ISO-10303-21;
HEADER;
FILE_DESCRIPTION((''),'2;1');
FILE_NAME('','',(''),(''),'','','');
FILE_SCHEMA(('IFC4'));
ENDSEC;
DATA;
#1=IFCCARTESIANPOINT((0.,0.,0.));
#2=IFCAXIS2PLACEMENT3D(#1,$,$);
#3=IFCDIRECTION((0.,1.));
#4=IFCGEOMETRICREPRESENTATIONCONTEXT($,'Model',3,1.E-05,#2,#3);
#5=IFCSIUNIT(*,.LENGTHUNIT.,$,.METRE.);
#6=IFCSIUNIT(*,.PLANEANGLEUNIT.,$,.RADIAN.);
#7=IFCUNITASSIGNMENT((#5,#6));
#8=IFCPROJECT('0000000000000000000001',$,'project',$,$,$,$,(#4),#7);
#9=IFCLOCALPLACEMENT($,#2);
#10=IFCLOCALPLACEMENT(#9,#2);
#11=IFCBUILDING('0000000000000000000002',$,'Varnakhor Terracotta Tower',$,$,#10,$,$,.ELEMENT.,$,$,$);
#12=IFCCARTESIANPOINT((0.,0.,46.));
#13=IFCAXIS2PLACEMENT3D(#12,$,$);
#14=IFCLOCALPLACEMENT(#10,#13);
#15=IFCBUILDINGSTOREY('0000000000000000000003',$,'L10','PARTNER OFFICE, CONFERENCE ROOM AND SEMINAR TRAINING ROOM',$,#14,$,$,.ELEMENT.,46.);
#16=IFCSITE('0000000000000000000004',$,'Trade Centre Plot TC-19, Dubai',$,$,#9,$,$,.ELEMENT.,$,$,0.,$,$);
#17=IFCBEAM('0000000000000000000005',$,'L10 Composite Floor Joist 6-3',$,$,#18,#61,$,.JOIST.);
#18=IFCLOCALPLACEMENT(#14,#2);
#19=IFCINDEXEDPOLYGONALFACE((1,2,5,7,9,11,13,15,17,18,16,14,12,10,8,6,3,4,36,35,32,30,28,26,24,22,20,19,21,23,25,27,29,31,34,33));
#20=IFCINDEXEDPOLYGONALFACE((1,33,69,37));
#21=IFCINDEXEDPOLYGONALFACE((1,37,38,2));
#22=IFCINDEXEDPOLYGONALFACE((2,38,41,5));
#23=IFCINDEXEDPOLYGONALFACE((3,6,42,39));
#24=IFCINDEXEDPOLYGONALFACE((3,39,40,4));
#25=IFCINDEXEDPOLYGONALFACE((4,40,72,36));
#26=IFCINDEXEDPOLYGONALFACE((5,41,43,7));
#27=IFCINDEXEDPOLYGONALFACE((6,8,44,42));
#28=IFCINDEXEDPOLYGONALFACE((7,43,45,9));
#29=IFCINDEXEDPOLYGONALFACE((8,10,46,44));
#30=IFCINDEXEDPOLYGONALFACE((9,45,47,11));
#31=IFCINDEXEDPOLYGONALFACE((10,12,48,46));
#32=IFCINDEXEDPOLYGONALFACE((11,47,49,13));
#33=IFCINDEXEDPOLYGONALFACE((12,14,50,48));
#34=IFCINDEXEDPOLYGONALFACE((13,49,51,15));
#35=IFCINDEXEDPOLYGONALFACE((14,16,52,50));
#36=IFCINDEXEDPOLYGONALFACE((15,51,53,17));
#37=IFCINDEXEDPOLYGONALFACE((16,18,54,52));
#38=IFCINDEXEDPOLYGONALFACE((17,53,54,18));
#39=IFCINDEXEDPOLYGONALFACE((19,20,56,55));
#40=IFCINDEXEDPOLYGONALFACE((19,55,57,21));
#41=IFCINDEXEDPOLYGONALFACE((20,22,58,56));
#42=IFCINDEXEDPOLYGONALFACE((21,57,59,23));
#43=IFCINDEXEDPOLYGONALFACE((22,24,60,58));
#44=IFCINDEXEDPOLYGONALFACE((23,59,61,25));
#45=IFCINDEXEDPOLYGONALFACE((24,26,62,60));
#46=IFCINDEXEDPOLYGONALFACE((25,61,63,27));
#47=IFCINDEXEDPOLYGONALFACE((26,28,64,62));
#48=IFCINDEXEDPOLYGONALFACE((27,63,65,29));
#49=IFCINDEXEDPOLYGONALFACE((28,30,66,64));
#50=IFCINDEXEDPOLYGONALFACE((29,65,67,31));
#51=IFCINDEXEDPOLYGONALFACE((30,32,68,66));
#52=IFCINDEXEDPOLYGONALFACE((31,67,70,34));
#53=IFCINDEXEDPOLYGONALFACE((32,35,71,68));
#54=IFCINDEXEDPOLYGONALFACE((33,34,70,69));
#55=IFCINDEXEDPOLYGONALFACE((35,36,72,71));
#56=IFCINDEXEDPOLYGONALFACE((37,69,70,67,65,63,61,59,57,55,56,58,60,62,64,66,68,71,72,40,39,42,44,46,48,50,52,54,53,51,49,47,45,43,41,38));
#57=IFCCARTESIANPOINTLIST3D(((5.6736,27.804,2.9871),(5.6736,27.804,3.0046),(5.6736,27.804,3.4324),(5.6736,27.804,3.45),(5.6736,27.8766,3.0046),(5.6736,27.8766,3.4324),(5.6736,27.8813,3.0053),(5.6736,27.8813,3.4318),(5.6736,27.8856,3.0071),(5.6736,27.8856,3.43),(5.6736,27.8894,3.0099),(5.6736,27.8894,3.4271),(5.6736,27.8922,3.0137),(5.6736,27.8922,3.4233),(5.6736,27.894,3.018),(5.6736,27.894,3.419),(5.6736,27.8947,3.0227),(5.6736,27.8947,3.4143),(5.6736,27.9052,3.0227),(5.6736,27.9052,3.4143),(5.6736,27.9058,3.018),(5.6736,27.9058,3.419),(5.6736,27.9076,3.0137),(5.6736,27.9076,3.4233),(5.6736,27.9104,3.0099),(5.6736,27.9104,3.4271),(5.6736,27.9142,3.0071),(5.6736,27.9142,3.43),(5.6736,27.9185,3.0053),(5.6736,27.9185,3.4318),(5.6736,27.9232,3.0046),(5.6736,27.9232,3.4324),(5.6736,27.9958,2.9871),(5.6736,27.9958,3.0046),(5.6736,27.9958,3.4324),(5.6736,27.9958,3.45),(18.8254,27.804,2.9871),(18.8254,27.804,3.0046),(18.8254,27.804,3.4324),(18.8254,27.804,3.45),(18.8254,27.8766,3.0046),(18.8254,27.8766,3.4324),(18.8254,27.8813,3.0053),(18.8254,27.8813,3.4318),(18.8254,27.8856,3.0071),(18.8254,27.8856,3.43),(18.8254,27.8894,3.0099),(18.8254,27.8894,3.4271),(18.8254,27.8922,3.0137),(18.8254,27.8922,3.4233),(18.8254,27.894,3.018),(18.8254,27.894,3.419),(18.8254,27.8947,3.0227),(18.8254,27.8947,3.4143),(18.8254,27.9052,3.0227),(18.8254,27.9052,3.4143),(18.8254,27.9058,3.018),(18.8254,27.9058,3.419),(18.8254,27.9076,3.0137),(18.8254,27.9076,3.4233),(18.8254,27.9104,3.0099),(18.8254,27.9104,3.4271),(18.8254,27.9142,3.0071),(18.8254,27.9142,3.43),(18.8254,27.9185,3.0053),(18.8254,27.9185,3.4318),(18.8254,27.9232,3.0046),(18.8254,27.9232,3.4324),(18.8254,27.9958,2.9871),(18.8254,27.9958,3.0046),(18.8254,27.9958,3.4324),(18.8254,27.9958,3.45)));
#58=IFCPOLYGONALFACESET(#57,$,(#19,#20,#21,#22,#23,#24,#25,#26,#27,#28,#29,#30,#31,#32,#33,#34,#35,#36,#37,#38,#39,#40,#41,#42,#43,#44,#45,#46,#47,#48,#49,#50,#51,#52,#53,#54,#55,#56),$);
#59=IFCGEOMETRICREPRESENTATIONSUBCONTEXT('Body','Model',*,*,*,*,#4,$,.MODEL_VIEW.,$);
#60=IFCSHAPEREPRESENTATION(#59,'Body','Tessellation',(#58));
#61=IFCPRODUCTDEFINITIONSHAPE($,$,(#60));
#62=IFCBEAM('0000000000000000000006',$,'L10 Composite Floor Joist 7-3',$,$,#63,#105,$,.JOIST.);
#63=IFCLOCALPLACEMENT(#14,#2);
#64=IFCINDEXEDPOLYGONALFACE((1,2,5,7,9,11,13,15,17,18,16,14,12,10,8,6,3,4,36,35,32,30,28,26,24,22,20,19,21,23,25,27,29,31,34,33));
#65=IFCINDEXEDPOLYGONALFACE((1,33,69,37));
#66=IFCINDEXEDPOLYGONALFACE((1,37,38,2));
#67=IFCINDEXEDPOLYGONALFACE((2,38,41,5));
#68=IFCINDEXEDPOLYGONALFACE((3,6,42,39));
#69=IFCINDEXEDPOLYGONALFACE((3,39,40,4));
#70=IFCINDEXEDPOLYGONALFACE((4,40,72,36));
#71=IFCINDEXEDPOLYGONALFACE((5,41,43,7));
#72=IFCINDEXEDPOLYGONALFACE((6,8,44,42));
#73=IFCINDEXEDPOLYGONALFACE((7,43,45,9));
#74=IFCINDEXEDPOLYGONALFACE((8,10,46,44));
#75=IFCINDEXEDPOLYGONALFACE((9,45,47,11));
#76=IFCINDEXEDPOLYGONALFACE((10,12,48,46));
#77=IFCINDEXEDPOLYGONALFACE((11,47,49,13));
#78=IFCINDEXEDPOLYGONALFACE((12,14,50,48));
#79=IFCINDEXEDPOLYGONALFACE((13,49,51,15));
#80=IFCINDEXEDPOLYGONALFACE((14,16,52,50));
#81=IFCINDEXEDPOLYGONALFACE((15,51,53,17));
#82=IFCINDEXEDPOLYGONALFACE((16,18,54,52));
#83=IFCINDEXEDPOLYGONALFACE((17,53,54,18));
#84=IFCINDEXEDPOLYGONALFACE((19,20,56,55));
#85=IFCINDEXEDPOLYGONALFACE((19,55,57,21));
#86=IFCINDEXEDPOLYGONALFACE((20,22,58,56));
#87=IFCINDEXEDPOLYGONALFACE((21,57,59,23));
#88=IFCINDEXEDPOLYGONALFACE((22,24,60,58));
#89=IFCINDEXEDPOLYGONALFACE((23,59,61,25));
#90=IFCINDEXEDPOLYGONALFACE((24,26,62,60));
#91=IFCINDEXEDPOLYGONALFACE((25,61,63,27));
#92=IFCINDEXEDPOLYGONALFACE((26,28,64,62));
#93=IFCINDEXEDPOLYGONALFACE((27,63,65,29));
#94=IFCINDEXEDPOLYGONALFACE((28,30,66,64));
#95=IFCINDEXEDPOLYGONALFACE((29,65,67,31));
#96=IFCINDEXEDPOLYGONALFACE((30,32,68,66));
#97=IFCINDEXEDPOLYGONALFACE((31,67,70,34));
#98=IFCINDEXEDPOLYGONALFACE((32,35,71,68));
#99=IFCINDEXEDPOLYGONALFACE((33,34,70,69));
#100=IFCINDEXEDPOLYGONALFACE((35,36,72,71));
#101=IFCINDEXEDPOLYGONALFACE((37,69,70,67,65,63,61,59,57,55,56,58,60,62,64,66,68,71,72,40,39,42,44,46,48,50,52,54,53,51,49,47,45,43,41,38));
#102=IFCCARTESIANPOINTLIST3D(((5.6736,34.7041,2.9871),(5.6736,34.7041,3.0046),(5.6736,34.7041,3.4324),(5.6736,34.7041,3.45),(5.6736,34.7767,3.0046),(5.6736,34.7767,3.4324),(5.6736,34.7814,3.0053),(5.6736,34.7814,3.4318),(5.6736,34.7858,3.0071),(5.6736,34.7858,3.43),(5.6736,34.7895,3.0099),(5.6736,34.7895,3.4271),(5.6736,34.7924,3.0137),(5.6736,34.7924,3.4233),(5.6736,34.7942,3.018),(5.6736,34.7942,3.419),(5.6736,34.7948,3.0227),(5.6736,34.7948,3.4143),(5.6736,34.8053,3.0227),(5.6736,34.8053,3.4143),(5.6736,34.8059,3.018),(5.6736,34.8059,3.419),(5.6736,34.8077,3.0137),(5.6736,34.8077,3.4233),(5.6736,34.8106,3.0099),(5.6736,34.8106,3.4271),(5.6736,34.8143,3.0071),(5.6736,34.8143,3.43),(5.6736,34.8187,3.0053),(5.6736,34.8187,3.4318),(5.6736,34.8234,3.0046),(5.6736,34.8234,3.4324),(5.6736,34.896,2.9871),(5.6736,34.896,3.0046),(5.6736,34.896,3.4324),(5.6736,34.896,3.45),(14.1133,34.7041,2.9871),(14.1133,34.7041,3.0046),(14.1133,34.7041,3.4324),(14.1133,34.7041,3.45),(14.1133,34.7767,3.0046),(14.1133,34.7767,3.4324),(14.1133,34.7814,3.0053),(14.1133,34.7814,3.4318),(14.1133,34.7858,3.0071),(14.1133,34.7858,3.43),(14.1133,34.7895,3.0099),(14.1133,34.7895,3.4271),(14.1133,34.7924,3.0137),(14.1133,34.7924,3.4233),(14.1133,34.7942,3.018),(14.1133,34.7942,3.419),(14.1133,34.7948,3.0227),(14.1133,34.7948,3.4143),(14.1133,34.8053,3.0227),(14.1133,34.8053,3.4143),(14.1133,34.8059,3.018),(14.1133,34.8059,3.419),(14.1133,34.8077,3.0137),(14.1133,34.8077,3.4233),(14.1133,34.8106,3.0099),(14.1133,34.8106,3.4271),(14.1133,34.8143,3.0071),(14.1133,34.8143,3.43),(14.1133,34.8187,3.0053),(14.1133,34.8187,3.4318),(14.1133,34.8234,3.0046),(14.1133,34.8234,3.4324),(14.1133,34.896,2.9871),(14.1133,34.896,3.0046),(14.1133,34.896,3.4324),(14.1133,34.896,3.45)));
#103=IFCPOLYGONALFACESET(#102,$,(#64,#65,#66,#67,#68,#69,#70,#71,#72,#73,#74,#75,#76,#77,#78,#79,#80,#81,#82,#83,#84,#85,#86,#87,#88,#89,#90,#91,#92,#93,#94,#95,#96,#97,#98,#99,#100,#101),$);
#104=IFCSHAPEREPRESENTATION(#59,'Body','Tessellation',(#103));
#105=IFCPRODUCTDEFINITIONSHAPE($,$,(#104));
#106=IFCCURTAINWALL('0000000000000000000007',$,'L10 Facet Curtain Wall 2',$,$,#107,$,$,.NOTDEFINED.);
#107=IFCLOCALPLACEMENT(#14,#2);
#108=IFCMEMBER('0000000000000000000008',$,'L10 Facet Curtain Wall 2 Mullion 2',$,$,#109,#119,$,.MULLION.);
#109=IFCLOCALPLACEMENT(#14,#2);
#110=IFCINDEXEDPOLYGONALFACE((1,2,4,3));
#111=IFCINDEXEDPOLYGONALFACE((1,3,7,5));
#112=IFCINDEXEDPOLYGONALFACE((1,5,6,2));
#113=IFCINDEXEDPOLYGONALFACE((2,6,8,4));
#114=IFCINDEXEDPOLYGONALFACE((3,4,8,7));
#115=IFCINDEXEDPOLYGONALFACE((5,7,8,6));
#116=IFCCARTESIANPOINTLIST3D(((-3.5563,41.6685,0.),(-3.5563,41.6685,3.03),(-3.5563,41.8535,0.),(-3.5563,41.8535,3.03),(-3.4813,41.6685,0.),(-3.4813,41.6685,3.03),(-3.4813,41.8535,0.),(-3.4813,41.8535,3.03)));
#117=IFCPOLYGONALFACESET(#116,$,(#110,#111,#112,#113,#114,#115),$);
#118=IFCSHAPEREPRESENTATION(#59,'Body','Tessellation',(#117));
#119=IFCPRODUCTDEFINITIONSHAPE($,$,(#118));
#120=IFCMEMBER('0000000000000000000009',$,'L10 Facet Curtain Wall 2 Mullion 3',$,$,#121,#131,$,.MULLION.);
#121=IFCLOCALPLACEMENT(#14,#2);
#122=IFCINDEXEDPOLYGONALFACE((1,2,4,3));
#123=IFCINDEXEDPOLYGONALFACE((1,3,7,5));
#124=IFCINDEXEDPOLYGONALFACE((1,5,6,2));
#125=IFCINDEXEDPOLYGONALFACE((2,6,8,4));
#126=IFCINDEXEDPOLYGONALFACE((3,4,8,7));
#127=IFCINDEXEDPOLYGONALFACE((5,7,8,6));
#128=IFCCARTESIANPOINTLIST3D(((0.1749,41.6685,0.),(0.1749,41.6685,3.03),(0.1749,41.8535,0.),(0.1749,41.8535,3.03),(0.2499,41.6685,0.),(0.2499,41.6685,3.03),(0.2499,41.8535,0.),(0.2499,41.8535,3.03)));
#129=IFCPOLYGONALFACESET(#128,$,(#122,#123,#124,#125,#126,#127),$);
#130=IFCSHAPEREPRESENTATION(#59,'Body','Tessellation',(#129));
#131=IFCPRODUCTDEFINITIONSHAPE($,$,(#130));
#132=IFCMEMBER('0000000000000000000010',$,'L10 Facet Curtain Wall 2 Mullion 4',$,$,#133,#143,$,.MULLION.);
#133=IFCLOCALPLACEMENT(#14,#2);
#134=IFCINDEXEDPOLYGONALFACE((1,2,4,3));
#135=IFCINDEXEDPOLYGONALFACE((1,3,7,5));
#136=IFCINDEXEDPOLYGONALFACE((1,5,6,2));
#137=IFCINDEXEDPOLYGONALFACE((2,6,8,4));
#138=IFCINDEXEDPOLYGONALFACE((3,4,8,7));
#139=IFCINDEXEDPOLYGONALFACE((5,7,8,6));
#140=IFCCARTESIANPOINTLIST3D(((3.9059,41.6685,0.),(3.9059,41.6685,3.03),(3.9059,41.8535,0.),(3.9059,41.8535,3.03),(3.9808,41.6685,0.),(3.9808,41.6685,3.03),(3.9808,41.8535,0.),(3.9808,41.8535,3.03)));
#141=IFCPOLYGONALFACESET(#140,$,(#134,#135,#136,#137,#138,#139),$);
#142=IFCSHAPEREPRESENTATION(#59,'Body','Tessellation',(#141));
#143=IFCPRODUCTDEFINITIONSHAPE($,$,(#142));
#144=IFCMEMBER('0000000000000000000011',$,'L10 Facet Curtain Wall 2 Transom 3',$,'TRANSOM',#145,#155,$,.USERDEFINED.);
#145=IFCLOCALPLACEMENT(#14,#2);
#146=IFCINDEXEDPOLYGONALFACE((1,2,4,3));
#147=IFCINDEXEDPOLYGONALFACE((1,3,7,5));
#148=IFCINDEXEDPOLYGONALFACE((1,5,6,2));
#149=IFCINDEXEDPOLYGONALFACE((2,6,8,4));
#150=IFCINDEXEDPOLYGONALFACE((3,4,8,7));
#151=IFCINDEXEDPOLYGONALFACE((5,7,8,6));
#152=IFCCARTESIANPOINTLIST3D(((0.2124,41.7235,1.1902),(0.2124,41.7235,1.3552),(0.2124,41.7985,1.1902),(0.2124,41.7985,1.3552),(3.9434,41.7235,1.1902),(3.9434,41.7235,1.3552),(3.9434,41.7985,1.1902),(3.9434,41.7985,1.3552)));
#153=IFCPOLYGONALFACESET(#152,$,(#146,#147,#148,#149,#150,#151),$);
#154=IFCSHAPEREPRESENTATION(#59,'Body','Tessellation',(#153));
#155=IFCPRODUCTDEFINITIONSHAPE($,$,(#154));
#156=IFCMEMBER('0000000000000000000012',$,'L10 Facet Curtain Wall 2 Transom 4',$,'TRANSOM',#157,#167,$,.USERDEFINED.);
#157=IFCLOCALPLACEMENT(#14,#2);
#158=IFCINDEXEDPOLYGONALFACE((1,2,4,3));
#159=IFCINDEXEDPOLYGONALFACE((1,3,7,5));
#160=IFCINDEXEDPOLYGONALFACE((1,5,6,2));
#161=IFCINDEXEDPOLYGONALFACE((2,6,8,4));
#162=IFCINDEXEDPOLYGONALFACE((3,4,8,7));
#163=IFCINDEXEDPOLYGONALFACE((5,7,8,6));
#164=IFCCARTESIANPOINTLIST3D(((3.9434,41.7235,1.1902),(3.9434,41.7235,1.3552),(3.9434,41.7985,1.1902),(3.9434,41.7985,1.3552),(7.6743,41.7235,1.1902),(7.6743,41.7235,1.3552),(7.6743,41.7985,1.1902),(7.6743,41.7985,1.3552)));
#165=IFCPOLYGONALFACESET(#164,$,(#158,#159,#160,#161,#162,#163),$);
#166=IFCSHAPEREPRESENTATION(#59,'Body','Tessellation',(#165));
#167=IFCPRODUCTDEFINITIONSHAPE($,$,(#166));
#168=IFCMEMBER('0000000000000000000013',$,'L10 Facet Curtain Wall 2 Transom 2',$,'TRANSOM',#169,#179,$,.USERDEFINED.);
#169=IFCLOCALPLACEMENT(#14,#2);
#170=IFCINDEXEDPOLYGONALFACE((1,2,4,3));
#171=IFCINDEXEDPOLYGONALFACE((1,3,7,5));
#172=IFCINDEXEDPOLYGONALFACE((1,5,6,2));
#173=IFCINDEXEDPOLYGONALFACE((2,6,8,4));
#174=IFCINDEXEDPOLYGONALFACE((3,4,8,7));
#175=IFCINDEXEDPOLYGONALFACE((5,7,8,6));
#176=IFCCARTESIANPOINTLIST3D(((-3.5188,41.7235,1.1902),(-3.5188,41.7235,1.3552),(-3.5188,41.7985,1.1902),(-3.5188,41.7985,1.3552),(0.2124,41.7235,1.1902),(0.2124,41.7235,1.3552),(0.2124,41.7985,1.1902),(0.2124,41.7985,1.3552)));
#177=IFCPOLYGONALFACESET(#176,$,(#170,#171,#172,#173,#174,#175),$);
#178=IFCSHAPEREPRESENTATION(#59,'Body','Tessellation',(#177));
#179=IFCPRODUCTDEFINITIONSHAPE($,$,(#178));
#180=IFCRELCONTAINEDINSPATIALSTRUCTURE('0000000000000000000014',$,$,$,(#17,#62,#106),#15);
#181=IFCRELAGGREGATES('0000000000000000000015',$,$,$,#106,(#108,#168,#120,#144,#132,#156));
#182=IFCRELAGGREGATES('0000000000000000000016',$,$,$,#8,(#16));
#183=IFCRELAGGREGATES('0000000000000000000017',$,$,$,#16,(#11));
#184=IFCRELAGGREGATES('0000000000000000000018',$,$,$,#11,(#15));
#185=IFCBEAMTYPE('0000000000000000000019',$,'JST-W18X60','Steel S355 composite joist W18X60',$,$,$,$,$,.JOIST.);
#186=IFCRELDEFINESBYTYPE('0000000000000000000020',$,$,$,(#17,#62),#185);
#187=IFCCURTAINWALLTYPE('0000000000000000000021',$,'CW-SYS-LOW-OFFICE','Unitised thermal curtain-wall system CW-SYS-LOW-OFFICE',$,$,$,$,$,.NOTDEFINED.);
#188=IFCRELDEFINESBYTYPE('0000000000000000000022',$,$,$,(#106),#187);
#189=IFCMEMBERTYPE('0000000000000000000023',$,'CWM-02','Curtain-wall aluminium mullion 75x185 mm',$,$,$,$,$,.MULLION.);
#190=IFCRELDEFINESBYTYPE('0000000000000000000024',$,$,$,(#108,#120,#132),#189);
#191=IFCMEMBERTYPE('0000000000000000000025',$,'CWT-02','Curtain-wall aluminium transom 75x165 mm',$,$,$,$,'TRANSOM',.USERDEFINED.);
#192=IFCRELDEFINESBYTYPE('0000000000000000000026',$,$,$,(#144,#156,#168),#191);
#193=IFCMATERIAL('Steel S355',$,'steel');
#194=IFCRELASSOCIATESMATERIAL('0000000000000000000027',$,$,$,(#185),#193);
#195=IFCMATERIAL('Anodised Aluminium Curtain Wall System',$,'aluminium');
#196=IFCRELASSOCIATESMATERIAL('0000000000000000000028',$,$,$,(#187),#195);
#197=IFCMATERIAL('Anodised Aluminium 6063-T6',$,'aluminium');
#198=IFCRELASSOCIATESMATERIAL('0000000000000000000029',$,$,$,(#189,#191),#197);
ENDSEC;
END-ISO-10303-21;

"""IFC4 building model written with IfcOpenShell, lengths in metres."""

from ifc_helpers import new_model, si_unit, direction, frame, origin, origin_2d, place, context, subcontext, project, spatial, rectangle, i_section, extrude, source, transform, mapped, material, material_profile, profile_set, type_object, type_shapes, element, aggregate, save


model = new_model("IFC4")

# Units and contexts
model_context = context("Model", 3, precision=1e-05, world=origin(), true_north=direction((0.0, 1.0)))
body_context = subcontext(model_context, "Body", "Model", "MODEL_VIEW")
ifc_project = project(units=[si_unit("LENGTHUNIT", "METRE"), si_unit("PLANEANGLEUNIT", "RADIAN")], contexts=[model_context])

# Site, building, storey
site_placement = place(None, origin())
site = spatial("IfcSite", under=ifc_project, at=site_placement, Name="Trade Centre Plot TC-19, Dubai", CompositionType="ELEMENT", RefElevation=0.0)
building_placement = place(site_placement, origin())
building = spatial("IfcBuilding", under=site, at=building_placement, Name="Varnakhor Terracotta Tower", CompositionType="ELEMENT")
storey_placement = place(building_placement, frame((0.0, 0.0, 46.0)))
storey = spatial("IfcBuildingStorey", under=building, at=storey_placement, Name="L10", Description="PARTNER OFFICE, CONFERENCE ROOM AND SEMINAR TRAINING ROOM", CompositionType="ELEMENT", Elevation=46.0)

# Beams
ifc_material_1 = material(Name="Steel S355", Category="steel")
ifc_material_profile_1 = material_profile(ifc_material_1, i_section(OverallWidth=0.1919, OverallDepth=0.4629, WebThickness=0.0105, FlangeThickness=0.0176, FilletRadius=0.0181, at=origin_2d()), Name="W18X60")
ifc_profile_set_1 = profile_set([ifc_material_profile_1], Name="Steel S355")
beam_type_1 = type_object("IfcBeamType", Name="JST-W18X60", Description="Steel S355 composite joist W18X60", PredefinedType="JOIST", material=ifc_profile_set_1)
shared_shape_1 = source(origin(), body_context, "Body", "SweptSolid", [
    extrude(i_section(OverallWidth=0.1919, OverallDepth=0.4629, WebThickness=0.0105, FlangeThickness=0.0176, FilletRadius=0.0181, at=origin_2d()), origin(), (0.0, 0.0, 1.0), 13.1519),
])
beam_1_placement = place(storey_placement, frame((5.6736, 27.8999, 3.2185), z_axis=(1.0, 0.0, 0.0), x_axis=(0.0, 1.0, 0.0)))
element("IfcBeam", 1, at=beam_1_placement, inside=storey, type_object=beam_type_1, Name="L10 Composite Floor Joist 6-3", PredefinedType="JOIST", context=body_context, shape_type="MappedRepresentation", body=[
    mapped(shared_shape_1, transform((0.0, 0.0, 0.0), scale=1.0)),
])
shared_shape_2 = source(origin(), body_context, "Body", "SweptSolid", [
    extrude(i_section(OverallWidth=0.1919, OverallDepth=0.4629, WebThickness=0.0105, FlangeThickness=0.0176, FilletRadius=0.0181, at=origin_2d()), origin(), (0.0, 0.0, 1.0), 8.4397),
])
beam_2_placement = place(storey_placement, frame((5.6736, 34.8, 3.2185), z_axis=(1.0, 0.0, 0.0), x_axis=(0.0, 1.0, 0.0)))
element("IfcBeam", 2, at=beam_2_placement, inside=storey, type_object=beam_type_1, Name="L10 Composite Floor Joist 7-3", PredefinedType="JOIST", context=body_context, shape_type="MappedRepresentation", body=[
    mapped(shared_shape_2, transform((0.0, 0.0, 0.0), scale=1.0)),
])

# Curtain wall, members
ifc_material_2 = material(Name="Anodised Aluminium Curtain Wall System", Category="aluminium")
curtain_wall_type = type_object("IfcCurtainWallType", Name="CW-SYS-LOW-OFFICE", Description="Unitised thermal curtain-wall system CW-SYS-LOW-OFFICE", PredefinedType="NOTDEFINED", material=ifc_material_2)
curtain_wall_placement = place(storey_placement, origin())
curtain_wall = element("IfcCurtainWall", 3, at=curtain_wall_placement, inside=storey, type_object=curtain_wall_type, Name="L10 Facet Curtain Wall 2", PredefinedType="NOTDEFINED")
ifc_material_3 = material(Name="Anodised Aluminium 6063-T6", Category="aluminium")
ifc_material_profile_2 = material_profile(ifc_material_3, rectangle(XDim=0.075, YDim=0.1851, at=origin_2d()), Name="ALU MULLION 75x185")
ifc_profile_set_2 = profile_set([ifc_material_profile_2], Name="Anodised Aluminium 6063-T6")
member_type_1 = type_object("IfcMemberType", Name="CWM-02", Description="Curtain-wall aluminium mullion 75x185 mm", PredefinedType="MULLION", material=ifc_profile_set_2)
shared_shape_3 = source(origin(), body_context, "Body", "SweptSolid", [
    extrude(rectangle(XDim=0.075, YDim=0.1851, at=origin_2d()), origin(), (0.0, 0.0, 1.0), 3.03),
])
type_shapes(member_type_1, [shared_shape_3])
member_1_placement = place(storey_placement, frame((-3.5188, 41.761, 0.0), z_axis=(0.0, 0.0, 1.0), x_axis=(1.0, 0.0, 0.0)))
member_1 = element("IfcMember", 4, at=member_1_placement, type_object=member_type_1, Name="L10 Facet Curtain Wall 2 Mullion 2", PredefinedType="MULLION", context=body_context, shape_type="MappedRepresentation", body=[
    mapped(shared_shape_3, transform((0.0, 0.0, 0.0), scale=1.0)),
])
member_2_placement = place(storey_placement, frame((0.2124, 41.761, 0.0), z_axis=(0.0, 0.0, 1.0), x_axis=(1.0, 0.0, 0.0)))
member_2 = element("IfcMember", 5, at=member_2_placement, type_object=member_type_1, Name="L10 Facet Curtain Wall 2 Mullion 3", PredefinedType="MULLION", context=body_context, shape_type="MappedRepresentation", body=[
    mapped(shared_shape_3, transform((0.0, 0.0, 0.0), scale=1.0)),
])
member_3_placement = place(storey_placement, frame((3.9434, 41.761, 0.0), z_axis=(0.0, 0.0, 1.0), x_axis=(1.0, 0.0, 0.0)))
member_3 = element("IfcMember", 6, at=member_3_placement, type_object=member_type_1, Name="L10 Facet Curtain Wall 2 Mullion 4", PredefinedType="MULLION", context=body_context, shape_type="MappedRepresentation", body=[
    mapped(shared_shape_3, transform((0.0, 0.0, 0.0), scale=1.0)),
])
ifc_material_profile_3 = material_profile(ifc_material_3, rectangle(XDim=0.075, YDim=0.165, at=origin_2d()), Name="ALU TRANSOM 75x165")
ifc_profile_set_3 = profile_set([ifc_material_profile_3], Name="Anodised Aluminium 6063-T6")
member_type_2 = type_object("IfcMemberType", Name="CWT-02", Description="Curtain-wall aluminium transom 75x165 mm", ElementType="TRANSOM", PredefinedType="USERDEFINED", material=ifc_profile_set_3)
shared_shape_4 = source(origin(), body_context, "Body", "SweptSolid", [
    extrude(rectangle(XDim=0.075, YDim=0.165, at=origin_2d()), origin(), (0.0, 0.0, 1.0), 3.731),
])
member_4_placement = place(storey_placement, frame((0.2124, 41.761, 1.2727), z_axis=(1.0, 0.0, 0.0), x_axis=(0.0, 1.0, 0.0)))
member_4 = element("IfcMember", 7, at=member_4_placement, type_object=member_type_2, Name="L10 Facet Curtain Wall 2 Transom 3", ObjectType="TRANSOM", PredefinedType="USERDEFINED", context=body_context, shape_type="MappedRepresentation", body=[
    mapped(shared_shape_4, transform((0.0, 0.0, 0.0), scale=1.0)),
])
member_5_placement = place(storey_placement, frame((3.9434, 41.761, 1.2727), z_axis=(1.0, 0.0, 0.0), x_axis=(0.0, 1.0, 0.0)))
member_5 = element("IfcMember", 8, at=member_5_placement, type_object=member_type_2, Name="L10 Facet Curtain Wall 2 Transom 4", ObjectType="TRANSOM", PredefinedType="USERDEFINED", context=body_context, shape_type="MappedRepresentation", body=[
    mapped(shared_shape_4, transform((0.0, 0.0, 0.0), scale=1.0)),
])
shared_shape_5 = source(origin(), body_context, "Body", "SweptSolid", [
    extrude(rectangle(XDim=0.075, YDim=0.165, at=origin_2d()), origin(), (0.0, 0.0, 1.0), 3.7312),
])
member_6_placement = place(storey_placement, frame((-3.5188, 41.761, 1.2727), z_axis=(1.0, 0.0, 0.0), x_axis=(0.0, 1.0, 0.0)))
member_6 = element("IfcMember", 9, at=member_6_placement, type_object=member_type_2, Name="L10 Facet Curtain Wall 2 Transom 2", ObjectType="TRANSOM", PredefinedType="USERDEFINED", context=body_context, shape_type="MappedRepresentation", body=[
    mapped(shared_shape_5, transform((0.0, 0.0, 0.0), scale=1.0)),
])
aggregate(curtain_wall, [member_1, member_6, member_2, member_4, member_3, member_5])

save(model, "model.ifc")
